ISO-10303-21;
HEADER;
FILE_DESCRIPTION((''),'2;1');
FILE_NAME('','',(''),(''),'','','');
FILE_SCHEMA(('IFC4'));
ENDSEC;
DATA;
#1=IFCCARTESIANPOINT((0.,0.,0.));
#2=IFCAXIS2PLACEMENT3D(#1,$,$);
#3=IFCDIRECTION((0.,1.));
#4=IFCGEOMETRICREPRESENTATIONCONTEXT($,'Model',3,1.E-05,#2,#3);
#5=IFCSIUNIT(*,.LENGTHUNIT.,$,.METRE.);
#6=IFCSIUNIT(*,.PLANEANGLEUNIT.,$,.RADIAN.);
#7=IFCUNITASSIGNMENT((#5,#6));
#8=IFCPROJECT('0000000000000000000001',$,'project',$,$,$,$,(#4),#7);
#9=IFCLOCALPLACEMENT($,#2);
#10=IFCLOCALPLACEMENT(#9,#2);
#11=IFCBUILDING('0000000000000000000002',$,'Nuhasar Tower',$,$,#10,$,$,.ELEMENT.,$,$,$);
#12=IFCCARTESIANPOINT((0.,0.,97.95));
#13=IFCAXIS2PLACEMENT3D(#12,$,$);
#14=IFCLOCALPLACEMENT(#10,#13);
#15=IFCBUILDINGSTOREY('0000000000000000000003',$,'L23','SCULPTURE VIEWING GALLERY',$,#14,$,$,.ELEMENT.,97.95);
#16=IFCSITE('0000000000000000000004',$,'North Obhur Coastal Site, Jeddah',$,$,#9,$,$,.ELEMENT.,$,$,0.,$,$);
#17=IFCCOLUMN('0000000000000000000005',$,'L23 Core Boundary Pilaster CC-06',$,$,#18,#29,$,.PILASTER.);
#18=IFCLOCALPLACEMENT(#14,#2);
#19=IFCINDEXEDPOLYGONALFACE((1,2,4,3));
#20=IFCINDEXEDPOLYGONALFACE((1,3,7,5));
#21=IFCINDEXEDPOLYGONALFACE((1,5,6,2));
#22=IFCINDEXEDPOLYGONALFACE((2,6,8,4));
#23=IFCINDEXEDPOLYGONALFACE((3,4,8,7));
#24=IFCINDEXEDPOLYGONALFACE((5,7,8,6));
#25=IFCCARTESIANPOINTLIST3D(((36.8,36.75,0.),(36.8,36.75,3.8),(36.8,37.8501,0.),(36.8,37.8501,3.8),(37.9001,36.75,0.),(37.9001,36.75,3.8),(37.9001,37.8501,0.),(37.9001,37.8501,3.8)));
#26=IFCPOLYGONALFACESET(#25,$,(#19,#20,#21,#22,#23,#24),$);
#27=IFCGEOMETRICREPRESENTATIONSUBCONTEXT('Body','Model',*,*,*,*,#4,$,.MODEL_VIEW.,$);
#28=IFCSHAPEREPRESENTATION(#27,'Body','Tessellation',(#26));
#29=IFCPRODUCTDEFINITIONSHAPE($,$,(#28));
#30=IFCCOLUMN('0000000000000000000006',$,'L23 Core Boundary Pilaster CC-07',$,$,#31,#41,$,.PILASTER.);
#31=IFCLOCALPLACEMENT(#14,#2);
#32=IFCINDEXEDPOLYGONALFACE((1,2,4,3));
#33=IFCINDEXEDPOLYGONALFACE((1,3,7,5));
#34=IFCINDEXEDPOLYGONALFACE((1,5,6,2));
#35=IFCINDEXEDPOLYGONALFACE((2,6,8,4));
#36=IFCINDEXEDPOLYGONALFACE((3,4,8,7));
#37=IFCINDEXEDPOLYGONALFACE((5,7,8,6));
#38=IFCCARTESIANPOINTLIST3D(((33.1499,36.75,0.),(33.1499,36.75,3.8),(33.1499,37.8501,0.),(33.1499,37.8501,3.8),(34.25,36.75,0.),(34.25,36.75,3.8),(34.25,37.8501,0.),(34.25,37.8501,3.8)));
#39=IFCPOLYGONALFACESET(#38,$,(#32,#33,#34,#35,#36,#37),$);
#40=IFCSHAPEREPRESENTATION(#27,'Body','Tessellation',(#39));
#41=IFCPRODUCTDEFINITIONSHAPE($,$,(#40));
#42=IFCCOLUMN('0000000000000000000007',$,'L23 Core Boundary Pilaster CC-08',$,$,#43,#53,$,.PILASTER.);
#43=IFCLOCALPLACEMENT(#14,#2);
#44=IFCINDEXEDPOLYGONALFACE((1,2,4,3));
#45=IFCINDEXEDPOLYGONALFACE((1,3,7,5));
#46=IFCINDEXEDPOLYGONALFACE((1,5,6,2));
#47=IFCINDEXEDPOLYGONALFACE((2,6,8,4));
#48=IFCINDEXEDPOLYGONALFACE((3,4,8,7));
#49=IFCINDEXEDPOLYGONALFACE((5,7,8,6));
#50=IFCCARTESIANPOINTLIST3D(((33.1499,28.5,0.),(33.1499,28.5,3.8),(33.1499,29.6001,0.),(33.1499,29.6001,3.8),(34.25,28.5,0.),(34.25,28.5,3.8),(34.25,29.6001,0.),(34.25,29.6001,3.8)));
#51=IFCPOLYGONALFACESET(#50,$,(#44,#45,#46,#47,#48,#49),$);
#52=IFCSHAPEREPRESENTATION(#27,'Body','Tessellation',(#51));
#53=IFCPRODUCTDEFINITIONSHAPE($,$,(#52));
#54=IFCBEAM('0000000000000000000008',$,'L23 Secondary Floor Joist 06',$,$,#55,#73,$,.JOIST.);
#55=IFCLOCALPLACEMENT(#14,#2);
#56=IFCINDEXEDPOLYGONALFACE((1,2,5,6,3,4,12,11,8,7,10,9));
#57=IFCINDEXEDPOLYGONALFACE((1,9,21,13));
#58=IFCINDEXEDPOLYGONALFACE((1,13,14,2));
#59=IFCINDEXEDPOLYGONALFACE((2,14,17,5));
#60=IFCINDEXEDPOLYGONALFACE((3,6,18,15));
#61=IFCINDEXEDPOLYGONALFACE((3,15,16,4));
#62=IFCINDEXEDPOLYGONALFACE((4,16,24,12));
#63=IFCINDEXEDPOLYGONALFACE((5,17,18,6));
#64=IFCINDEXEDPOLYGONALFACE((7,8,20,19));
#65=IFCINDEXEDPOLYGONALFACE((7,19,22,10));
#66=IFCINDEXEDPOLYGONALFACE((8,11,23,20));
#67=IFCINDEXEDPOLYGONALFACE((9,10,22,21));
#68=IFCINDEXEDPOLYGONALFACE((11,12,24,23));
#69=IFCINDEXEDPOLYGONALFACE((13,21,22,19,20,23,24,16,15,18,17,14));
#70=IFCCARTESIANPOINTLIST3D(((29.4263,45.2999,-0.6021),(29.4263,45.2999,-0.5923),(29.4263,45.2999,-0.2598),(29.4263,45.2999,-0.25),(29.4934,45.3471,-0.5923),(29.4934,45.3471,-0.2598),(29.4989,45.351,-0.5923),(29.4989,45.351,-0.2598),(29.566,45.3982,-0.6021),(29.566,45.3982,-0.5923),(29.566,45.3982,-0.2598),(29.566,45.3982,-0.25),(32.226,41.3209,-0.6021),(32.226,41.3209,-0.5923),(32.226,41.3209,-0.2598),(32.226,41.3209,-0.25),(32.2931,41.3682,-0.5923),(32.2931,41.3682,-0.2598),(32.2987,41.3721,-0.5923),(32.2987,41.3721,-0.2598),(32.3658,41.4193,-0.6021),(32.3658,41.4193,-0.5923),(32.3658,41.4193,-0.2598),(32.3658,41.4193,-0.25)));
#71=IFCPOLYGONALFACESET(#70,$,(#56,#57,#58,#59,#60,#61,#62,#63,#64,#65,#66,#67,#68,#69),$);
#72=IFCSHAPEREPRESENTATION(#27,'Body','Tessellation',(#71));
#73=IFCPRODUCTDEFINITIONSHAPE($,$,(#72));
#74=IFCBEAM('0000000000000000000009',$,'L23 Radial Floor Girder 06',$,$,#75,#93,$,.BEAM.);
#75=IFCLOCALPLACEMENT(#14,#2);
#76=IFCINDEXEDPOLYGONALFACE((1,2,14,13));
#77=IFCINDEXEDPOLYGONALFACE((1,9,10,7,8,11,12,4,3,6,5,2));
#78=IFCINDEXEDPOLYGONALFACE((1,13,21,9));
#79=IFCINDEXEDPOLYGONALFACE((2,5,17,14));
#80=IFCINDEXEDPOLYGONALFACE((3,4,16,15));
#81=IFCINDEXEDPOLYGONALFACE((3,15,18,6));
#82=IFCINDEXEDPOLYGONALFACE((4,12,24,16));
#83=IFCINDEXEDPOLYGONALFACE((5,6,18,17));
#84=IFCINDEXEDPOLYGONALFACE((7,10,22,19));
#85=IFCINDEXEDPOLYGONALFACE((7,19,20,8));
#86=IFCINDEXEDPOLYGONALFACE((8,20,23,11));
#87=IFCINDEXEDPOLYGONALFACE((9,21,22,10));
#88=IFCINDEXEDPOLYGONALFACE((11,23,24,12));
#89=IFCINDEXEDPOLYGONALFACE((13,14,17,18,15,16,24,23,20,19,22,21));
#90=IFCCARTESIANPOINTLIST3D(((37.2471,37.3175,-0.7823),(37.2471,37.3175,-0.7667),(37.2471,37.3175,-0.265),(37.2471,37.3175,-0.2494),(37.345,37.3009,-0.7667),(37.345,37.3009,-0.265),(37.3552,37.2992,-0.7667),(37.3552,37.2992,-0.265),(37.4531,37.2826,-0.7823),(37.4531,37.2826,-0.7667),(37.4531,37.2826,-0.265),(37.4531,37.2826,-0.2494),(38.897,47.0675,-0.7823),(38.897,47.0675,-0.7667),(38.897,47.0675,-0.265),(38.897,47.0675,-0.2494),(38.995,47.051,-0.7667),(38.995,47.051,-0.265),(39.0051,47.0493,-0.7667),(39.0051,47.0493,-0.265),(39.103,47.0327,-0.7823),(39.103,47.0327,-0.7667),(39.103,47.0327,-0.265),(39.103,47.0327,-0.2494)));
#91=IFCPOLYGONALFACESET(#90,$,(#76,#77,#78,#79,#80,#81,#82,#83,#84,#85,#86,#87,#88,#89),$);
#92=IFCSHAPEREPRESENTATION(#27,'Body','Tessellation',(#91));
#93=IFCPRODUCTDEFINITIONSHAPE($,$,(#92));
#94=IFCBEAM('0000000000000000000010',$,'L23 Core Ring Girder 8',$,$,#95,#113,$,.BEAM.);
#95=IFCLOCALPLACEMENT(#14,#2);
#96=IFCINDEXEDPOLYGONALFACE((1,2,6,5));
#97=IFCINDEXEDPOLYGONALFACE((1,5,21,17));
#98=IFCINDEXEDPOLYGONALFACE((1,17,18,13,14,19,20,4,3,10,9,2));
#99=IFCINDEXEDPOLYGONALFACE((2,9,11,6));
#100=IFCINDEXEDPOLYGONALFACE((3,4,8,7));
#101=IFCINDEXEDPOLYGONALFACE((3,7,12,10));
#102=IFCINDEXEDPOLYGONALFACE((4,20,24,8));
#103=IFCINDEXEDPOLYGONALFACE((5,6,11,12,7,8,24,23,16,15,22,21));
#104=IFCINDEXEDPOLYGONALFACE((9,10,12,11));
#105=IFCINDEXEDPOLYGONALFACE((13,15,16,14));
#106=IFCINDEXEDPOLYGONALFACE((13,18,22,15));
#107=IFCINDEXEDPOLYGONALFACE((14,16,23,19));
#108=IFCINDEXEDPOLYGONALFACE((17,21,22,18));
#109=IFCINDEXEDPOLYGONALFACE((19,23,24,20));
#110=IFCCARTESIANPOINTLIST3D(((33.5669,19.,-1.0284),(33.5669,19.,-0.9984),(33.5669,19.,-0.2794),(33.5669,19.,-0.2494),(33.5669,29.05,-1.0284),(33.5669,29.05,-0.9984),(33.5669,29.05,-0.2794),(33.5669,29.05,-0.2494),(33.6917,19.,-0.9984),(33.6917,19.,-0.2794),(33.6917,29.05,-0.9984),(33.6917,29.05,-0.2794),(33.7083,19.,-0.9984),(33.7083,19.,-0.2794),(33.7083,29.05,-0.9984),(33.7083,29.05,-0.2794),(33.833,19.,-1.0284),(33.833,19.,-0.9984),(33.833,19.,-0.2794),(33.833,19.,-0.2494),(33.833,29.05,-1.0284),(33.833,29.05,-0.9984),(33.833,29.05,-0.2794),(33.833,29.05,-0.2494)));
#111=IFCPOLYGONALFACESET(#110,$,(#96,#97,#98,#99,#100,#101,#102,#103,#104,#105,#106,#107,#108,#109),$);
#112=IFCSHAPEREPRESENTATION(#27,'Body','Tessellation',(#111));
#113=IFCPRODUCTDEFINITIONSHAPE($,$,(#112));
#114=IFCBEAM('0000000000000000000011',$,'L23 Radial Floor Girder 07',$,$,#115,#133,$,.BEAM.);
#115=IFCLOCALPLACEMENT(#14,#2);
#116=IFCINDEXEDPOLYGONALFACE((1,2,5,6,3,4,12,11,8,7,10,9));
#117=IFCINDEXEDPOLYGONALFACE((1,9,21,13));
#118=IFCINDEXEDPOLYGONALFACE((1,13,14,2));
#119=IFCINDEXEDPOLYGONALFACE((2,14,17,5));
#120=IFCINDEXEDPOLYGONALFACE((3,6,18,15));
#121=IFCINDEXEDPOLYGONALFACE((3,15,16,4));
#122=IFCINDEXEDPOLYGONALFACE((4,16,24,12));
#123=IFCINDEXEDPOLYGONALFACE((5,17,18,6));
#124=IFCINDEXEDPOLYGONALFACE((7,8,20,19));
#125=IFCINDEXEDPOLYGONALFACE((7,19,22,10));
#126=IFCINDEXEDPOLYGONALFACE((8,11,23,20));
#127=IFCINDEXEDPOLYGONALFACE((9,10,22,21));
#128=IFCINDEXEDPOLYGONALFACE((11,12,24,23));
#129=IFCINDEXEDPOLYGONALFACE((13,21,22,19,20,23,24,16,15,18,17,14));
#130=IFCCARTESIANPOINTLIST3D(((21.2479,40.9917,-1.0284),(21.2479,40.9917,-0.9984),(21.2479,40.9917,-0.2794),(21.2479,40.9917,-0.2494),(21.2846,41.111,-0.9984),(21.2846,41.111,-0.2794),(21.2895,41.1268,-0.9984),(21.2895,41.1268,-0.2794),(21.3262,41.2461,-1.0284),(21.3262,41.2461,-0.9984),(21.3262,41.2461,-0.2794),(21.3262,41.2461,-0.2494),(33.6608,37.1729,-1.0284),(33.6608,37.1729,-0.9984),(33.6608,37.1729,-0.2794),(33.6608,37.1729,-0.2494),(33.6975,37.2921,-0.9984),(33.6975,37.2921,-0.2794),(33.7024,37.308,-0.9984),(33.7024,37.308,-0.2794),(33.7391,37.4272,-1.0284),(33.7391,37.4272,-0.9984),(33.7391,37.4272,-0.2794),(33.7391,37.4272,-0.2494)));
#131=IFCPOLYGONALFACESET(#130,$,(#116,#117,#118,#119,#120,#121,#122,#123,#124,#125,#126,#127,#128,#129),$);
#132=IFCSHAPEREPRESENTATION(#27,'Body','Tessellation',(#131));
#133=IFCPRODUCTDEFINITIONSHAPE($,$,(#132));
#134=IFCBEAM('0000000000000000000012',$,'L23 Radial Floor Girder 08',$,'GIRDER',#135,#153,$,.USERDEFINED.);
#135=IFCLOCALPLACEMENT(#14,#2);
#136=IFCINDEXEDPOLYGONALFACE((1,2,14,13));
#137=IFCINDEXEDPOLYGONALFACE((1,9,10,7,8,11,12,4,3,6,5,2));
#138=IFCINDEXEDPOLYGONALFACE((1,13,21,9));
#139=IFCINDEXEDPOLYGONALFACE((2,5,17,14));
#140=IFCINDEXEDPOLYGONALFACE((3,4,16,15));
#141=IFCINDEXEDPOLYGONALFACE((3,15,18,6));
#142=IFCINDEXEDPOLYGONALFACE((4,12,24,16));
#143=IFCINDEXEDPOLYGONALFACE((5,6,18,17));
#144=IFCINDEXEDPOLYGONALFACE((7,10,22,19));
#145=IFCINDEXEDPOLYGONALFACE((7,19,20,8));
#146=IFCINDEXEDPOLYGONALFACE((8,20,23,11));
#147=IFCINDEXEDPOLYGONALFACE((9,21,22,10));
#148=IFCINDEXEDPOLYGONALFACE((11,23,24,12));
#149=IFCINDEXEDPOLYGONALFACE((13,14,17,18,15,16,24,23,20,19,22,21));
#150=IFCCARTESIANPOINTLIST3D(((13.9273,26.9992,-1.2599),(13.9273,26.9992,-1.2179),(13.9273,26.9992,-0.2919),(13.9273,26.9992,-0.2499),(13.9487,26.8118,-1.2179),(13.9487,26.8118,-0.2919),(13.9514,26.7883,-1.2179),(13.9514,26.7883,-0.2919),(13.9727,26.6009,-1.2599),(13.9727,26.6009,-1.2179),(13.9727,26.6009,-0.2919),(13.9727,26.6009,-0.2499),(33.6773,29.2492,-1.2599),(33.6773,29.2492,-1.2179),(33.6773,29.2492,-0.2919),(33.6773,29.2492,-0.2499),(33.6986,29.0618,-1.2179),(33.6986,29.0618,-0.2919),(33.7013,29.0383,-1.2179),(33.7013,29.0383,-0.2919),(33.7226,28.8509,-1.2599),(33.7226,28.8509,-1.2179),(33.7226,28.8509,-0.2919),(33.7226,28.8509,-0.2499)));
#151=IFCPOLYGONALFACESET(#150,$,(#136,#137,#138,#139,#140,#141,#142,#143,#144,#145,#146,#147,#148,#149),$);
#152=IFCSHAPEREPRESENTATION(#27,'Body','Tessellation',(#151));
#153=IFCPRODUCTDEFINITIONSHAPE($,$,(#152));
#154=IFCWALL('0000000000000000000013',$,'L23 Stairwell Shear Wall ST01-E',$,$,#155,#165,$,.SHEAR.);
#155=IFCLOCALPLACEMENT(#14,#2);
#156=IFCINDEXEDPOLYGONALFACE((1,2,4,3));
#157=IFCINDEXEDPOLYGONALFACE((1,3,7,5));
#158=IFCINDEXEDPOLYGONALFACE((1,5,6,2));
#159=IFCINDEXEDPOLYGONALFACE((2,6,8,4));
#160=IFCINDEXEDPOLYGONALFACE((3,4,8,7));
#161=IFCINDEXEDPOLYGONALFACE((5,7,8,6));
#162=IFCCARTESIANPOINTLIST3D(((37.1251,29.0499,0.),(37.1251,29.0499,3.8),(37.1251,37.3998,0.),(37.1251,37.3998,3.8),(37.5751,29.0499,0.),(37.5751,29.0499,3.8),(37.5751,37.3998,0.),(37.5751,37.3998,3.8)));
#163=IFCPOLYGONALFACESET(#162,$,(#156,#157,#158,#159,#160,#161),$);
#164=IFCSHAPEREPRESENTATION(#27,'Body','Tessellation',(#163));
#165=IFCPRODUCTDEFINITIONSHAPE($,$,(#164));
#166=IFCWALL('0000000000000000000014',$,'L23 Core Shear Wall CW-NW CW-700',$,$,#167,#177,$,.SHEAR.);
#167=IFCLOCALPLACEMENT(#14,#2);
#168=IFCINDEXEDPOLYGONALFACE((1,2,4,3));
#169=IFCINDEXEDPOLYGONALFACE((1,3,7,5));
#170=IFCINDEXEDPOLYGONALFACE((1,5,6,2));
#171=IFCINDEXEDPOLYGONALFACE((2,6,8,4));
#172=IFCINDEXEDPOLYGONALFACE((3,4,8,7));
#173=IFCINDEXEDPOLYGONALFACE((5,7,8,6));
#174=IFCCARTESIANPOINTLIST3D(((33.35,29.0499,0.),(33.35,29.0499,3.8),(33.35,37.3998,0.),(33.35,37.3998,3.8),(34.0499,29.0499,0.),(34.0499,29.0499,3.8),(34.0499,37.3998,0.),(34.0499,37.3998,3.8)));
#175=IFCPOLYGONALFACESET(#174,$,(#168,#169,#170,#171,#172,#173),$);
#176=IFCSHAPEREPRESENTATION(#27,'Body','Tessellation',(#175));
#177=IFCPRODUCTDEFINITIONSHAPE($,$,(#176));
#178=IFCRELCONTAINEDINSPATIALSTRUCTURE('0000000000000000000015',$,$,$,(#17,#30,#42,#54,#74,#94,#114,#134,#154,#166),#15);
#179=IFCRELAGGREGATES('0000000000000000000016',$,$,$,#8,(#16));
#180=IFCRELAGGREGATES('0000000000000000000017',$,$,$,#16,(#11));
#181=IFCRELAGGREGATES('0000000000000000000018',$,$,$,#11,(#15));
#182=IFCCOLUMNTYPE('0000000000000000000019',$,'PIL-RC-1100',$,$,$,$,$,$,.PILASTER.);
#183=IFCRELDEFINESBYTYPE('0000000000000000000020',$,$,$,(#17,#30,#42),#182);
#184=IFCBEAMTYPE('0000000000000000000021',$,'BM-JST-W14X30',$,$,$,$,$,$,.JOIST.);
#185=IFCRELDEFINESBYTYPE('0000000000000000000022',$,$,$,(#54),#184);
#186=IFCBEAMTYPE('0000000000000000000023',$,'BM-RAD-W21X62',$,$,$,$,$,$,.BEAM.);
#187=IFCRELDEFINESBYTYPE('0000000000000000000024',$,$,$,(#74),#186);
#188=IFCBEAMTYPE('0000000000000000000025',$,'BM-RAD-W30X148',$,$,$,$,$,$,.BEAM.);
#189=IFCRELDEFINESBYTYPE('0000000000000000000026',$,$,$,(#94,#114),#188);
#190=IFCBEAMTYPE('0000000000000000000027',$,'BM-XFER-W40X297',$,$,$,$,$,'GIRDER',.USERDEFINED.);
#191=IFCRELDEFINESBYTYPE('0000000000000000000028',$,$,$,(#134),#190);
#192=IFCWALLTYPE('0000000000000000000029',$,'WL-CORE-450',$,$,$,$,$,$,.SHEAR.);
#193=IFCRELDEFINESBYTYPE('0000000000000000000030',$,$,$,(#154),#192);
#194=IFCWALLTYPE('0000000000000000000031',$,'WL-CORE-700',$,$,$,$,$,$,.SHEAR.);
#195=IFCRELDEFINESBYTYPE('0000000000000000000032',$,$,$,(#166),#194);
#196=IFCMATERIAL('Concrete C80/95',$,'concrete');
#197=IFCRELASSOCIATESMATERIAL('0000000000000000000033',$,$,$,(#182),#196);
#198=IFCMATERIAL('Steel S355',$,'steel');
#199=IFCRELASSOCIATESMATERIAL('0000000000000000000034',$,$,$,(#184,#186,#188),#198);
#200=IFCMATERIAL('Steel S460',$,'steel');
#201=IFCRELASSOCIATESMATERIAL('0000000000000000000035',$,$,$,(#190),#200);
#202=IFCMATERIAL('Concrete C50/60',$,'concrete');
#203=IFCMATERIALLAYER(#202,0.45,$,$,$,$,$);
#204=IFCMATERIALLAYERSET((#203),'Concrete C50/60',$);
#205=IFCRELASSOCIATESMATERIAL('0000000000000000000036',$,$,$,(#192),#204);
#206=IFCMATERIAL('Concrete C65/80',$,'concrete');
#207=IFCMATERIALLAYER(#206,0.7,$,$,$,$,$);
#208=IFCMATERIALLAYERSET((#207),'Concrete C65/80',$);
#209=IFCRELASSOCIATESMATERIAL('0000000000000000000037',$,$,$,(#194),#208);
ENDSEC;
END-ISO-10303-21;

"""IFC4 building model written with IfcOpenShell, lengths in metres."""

from ifc_helpers import new_model, si_unit, direction, frame, frame_2d, origin, origin_2d, place, context, subcontext, project, spatial, rectangle, i_section, extrude, material, layer, layer_set, material_profile, profile_set, type_object, element, save


model = new_model("IFC4")

# Units and contexts
model_context = context("Model", 3, precision=1e-05, world=origin(), true_north=direction((0.0, 1.0)))
body_context = subcontext(model_context, "Body", "Model", "MODEL_VIEW")
ifc_project = project(units=[si_unit("LENGTHUNIT", "METRE"), si_unit("PLANEANGLEUNIT", "RADIAN")], contexts=[model_context])

# Site, building, storey
site_placement = place(None, origin())
site = spatial("IfcSite", under=ifc_project, at=site_placement, Name="North Obhur Coastal Site, Jeddah", CompositionType="ELEMENT", RefElevation=0.0)
building_placement = place(site_placement, origin())
building = spatial("IfcBuilding", under=site, at=building_placement, Name="Nuhasar Tower", CompositionType="ELEMENT")
storey_placement = place(building_placement, frame((0.0, 0.0, 97.95)))
storey = spatial("IfcBuildingStorey", under=building, at=storey_placement, Name="L23", Description="SCULPTURE VIEWING GALLERY", CompositionType="ELEMENT", Elevation=97.95)

# Columns
ifc_material_1 = material(Name="Concrete C80/95", Category="concrete")
ifc_material_profile_1 = material_profile(ifc_material_1, rectangle(XDim=1.1001, YDim=1.1001, at=origin_2d()), Name="RC1100X1100")
ifc_profile_set_1 = profile_set([ifc_material_profile_1], Name="Concrete C80/95")
column_type = type_object("IfcColumnType", Name="PIL-RC-1100", PredefinedType="PILASTER", material=ifc_profile_set_1)
for number, where, z_axis, x_axis, name in (
    (1, (37.3501, 37.3, 0.0), (0.0, 0.0, 1.0), (1.0, 0.0, 0.0), "L23 Core Boundary Pilaster CC-06"),
    (2, (33.7, 37.3, 0.0), (0.0, 0.0, 1.0), (1.0, 0.0, 0.0), "L23 Core Boundary Pilaster CC-07"),
    (3, (33.7, 29.05, 0.0), (0.0, 0.0, 1.0), (1.0, 0.0, 0.0), "L23 Core Boundary Pilaster CC-08"),
):
    element("IfcColumn", number, at=place(storey_placement, frame(where, z_axis=z_axis, x_axis=x_axis)), inside=storey, type_object=column_type, Name=name, PredefinedType="PILASTER", context=body_context, shape_type="SweptSolid", body=[
        extrude(rectangle(XDim=1.1001, YDim=1.1001, at=origin_2d()), origin(), (0.0, 0.0, 1.0), 3.8),
    ])

# Beams
ifc_material_2 = material(Name="Steel S355", Category="steel")
ifc_material_profile_2 = material_profile(ifc_material_2, i_section(OverallWidth=0.1709, OverallDepth=0.3521, WebThickness=0.0068, FlangeThickness=0.0098, at=origin_2d()), Name="W14X30")
ifc_profile_set_2 = profile_set([ifc_material_profile_2], Name="Steel S355")
beam_type_1 = type_object("IfcBeamType", Name="BM-JST-W14X30", PredefinedType="JOIST", material=ifc_profile_set_2)
beam_1_placement = place(storey_placement, frame((32.2959, 41.3701, -0.426), z_axis=(-0.575461, 0.817829, 0.0), x_axis=(-0.817829, -0.575461, 0.0)))
element("IfcBeam", 4, at=beam_1_placement, inside=storey, type_object=beam_type_1, Name="L23 Secondary Floor Joist 06", PredefinedType="JOIST", context=body_context, shape_type="SweptSolid", body=[
    extrude(i_section(OverallWidth=0.1709, OverallDepth=0.3521, WebThickness=0.0068, FlangeThickness=0.0098, at=origin_2d()), origin(), (0.0, 0.0, 1.0), 4.8652),
])
ifc_material_profile_3 = material_profile(ifc_material_2, i_section(OverallWidth=0.209, OverallDepth=0.533, WebThickness=0.0103, FlangeThickness=0.0156, at=origin_2d()), Name="W21X62")
ifc_profile_set_3 = profile_set([ifc_material_profile_3], Name="Steel S355")
beam_type_2 = type_object("IfcBeamType", Name="BM-RAD-W21X62", PredefinedType="BEAM", material=ifc_profile_set_3)
beam_2_placement = place(storey_placement, frame((37.3501, 37.3, -0.5159), z_axis=(0.166849, 0.985983, 0.0), x_axis=(-0.985983, 0.166849, 0.0)))
element("IfcBeam", 5, at=beam_2_placement, inside=storey, type_object=beam_type_2, Name="L23 Radial Floor Girder 06", PredefinedType="BEAM", context=body_context, shape_type="SweptSolid", body=[
    extrude(i_section(OverallWidth=0.209, OverallDepth=0.533, WebThickness=0.0103, FlangeThickness=0.0156, at=origin_2d()), origin(), (0.0, 0.0, 1.0), 9.8887),
])
ifc_material_profile_4 = material_profile(ifc_material_2, i_section(OverallWidth=0.2661, OverallDepth=0.7791, WebThickness=0.0166, FlangeThickness=0.03, at=origin_2d()), Name="W30X148")
ifc_profile_set_4 = profile_set([ifc_material_profile_4], Name="Steel S355")
beam_type_3 = type_object("IfcBeamType", Name="BM-RAD-W30X148", PredefinedType="BEAM", material=ifc_profile_set_4)
beam_3_placement = place(storey_placement, frame((33.7, 29.05, -0.6389), z_axis=(0.0, -1.0, 0.0), x_axis=(1.0, 0.0, 0.0)))
element("IfcBeam", 6, at=beam_3_placement, inside=storey, type_object=beam_type_3, Name="L23 Core Ring Girder 8", PredefinedType="BEAM", context=body_context, shape_type="SweptSolid", body=[
    extrude(i_section(OverallWidth=0.2661, OverallDepth=0.7791, WebThickness=0.0166, FlangeThickness=0.03, at=origin_2d()), origin(), (0.0, 0.0, 1.0), 10.05),
])
beam_4_placement = place(storey_placement, frame((33.7, 37.3, -0.6389), z_axis=(-0.95579, 0.294052, 0.0), x_axis=(-0.294052, -0.95579, 0.0)))
element("IfcBeam", 7, at=beam_4_placement, inside=storey, type_object=beam_type_3, Name="L23 Radial Floor Girder 07", PredefinedType="BEAM", context=body_context, shape_type="SweptSolid", body=[
    extrude(i_section(OverallWidth=0.2661, OverallDepth=0.7791, WebThickness=0.0166, FlangeThickness=0.03, at=origin_2d()), origin(), (0.0, 0.0, 1.0), 12.9871),
])
ifc_material_3 = material(Name="Steel S460", Category="steel")
ifc_material_profile_5 = material_profile(ifc_material_3, i_section(OverallWidth=0.4009, OverallDepth=1.01, WebThickness=0.0237, FlangeThickness=0.042, at=origin_2d()), Name="W40X297")
ifc_profile_set_5 = profile_set([ifc_material_profile_5], Name="Steel S460")
beam_type_4 = type_object("IfcBeamType", Name="BM-XFER-W40X297", ElementType="GIRDER", PredefinedType="USERDEFINED", material=ifc_profile_set_5)
beam_5_placement = place(storey_placement, frame((33.7, 29.05, -0.7549), z_axis=(-0.993573, -0.113192, 0.0), x_axis=(0.113192, -0.993573, 0.0)))
element("IfcBeam", 8, at=beam_5_placement, inside=storey, type_object=beam_type_4, Name="L23 Radial Floor Girder 08", ObjectType="GIRDER", PredefinedType="USERDEFINED", context=body_context, shape_type="SweptSolid", body=[
    extrude(i_section(OverallWidth=0.4009, OverallDepth=1.01, WebThickness=0.0237, FlangeThickness=0.042, at=origin_2d()), origin(), (0.0, 0.0, 1.0), 19.8777),
])

# Shared definitions
ifc_material_4 = material(Name="Concrete C50/60", Category="concrete")
ifc_layer_1 = layer(ifc_material_4, 0.45)
ifc_layer_set_1 = layer_set([ifc_layer_1], Name="Concrete C50/60")
wall_type_1 = type_object("IfcWallType", Name="WL-CORE-450", PredefinedType="SHEAR", material=ifc_layer_set_1)

# Walls
wall_1_placement = place(storey_placement, frame((37.3501, 29.05, 0.0), z_axis=(0.0, 0.0, 1.0), x_axis=(0.0, 1.0, 0.0)))
element("IfcWall", 9, at=wall_1_placement, inside=storey, type_object=wall_type_1, Name="L23 Stairwell Shear Wall ST01-E", PredefinedType="SHEAR", context=body_context, shape_type="SweptSolid", body=[
    extrude(rectangle(XDim=8.3499, YDim=0.45, at=frame_2d((4.1748, 0.0))), origin(), (0.0, 0.0, 1.0), 3.8),
])
ifc_material_5 = material(Name="Concrete C65/80", Category="concrete")
ifc_layer_2 = layer(ifc_material_5, 0.7)
ifc_layer_set_2 = layer_set([ifc_layer_2], Name="Concrete C65/80")
wall_type_2 = type_object("IfcWallType", Name="WL-CORE-700", PredefinedType="SHEAR", material=ifc_layer_set_2)
wall_2_placement = place(storey_placement, frame((33.7, 29.05, 0.0), z_axis=(0.0, 0.0, 1.0), x_axis=(0.0, 1.0, 0.0)))
element("IfcWall", 10, at=wall_2_placement, inside=storey, type_object=wall_type_2, Name="L23 Core Shear Wall CW-NW CW-700", PredefinedType="SHEAR", context=body_context, shape_type="SweptSolid", body=[
    extrude(rectangle(XDim=8.3499, YDim=0.7, at=frame_2d((4.1748, 0.0))), origin(), (0.0, 0.0, 1.0), 3.8),
])

save(model, "model.ifc")
